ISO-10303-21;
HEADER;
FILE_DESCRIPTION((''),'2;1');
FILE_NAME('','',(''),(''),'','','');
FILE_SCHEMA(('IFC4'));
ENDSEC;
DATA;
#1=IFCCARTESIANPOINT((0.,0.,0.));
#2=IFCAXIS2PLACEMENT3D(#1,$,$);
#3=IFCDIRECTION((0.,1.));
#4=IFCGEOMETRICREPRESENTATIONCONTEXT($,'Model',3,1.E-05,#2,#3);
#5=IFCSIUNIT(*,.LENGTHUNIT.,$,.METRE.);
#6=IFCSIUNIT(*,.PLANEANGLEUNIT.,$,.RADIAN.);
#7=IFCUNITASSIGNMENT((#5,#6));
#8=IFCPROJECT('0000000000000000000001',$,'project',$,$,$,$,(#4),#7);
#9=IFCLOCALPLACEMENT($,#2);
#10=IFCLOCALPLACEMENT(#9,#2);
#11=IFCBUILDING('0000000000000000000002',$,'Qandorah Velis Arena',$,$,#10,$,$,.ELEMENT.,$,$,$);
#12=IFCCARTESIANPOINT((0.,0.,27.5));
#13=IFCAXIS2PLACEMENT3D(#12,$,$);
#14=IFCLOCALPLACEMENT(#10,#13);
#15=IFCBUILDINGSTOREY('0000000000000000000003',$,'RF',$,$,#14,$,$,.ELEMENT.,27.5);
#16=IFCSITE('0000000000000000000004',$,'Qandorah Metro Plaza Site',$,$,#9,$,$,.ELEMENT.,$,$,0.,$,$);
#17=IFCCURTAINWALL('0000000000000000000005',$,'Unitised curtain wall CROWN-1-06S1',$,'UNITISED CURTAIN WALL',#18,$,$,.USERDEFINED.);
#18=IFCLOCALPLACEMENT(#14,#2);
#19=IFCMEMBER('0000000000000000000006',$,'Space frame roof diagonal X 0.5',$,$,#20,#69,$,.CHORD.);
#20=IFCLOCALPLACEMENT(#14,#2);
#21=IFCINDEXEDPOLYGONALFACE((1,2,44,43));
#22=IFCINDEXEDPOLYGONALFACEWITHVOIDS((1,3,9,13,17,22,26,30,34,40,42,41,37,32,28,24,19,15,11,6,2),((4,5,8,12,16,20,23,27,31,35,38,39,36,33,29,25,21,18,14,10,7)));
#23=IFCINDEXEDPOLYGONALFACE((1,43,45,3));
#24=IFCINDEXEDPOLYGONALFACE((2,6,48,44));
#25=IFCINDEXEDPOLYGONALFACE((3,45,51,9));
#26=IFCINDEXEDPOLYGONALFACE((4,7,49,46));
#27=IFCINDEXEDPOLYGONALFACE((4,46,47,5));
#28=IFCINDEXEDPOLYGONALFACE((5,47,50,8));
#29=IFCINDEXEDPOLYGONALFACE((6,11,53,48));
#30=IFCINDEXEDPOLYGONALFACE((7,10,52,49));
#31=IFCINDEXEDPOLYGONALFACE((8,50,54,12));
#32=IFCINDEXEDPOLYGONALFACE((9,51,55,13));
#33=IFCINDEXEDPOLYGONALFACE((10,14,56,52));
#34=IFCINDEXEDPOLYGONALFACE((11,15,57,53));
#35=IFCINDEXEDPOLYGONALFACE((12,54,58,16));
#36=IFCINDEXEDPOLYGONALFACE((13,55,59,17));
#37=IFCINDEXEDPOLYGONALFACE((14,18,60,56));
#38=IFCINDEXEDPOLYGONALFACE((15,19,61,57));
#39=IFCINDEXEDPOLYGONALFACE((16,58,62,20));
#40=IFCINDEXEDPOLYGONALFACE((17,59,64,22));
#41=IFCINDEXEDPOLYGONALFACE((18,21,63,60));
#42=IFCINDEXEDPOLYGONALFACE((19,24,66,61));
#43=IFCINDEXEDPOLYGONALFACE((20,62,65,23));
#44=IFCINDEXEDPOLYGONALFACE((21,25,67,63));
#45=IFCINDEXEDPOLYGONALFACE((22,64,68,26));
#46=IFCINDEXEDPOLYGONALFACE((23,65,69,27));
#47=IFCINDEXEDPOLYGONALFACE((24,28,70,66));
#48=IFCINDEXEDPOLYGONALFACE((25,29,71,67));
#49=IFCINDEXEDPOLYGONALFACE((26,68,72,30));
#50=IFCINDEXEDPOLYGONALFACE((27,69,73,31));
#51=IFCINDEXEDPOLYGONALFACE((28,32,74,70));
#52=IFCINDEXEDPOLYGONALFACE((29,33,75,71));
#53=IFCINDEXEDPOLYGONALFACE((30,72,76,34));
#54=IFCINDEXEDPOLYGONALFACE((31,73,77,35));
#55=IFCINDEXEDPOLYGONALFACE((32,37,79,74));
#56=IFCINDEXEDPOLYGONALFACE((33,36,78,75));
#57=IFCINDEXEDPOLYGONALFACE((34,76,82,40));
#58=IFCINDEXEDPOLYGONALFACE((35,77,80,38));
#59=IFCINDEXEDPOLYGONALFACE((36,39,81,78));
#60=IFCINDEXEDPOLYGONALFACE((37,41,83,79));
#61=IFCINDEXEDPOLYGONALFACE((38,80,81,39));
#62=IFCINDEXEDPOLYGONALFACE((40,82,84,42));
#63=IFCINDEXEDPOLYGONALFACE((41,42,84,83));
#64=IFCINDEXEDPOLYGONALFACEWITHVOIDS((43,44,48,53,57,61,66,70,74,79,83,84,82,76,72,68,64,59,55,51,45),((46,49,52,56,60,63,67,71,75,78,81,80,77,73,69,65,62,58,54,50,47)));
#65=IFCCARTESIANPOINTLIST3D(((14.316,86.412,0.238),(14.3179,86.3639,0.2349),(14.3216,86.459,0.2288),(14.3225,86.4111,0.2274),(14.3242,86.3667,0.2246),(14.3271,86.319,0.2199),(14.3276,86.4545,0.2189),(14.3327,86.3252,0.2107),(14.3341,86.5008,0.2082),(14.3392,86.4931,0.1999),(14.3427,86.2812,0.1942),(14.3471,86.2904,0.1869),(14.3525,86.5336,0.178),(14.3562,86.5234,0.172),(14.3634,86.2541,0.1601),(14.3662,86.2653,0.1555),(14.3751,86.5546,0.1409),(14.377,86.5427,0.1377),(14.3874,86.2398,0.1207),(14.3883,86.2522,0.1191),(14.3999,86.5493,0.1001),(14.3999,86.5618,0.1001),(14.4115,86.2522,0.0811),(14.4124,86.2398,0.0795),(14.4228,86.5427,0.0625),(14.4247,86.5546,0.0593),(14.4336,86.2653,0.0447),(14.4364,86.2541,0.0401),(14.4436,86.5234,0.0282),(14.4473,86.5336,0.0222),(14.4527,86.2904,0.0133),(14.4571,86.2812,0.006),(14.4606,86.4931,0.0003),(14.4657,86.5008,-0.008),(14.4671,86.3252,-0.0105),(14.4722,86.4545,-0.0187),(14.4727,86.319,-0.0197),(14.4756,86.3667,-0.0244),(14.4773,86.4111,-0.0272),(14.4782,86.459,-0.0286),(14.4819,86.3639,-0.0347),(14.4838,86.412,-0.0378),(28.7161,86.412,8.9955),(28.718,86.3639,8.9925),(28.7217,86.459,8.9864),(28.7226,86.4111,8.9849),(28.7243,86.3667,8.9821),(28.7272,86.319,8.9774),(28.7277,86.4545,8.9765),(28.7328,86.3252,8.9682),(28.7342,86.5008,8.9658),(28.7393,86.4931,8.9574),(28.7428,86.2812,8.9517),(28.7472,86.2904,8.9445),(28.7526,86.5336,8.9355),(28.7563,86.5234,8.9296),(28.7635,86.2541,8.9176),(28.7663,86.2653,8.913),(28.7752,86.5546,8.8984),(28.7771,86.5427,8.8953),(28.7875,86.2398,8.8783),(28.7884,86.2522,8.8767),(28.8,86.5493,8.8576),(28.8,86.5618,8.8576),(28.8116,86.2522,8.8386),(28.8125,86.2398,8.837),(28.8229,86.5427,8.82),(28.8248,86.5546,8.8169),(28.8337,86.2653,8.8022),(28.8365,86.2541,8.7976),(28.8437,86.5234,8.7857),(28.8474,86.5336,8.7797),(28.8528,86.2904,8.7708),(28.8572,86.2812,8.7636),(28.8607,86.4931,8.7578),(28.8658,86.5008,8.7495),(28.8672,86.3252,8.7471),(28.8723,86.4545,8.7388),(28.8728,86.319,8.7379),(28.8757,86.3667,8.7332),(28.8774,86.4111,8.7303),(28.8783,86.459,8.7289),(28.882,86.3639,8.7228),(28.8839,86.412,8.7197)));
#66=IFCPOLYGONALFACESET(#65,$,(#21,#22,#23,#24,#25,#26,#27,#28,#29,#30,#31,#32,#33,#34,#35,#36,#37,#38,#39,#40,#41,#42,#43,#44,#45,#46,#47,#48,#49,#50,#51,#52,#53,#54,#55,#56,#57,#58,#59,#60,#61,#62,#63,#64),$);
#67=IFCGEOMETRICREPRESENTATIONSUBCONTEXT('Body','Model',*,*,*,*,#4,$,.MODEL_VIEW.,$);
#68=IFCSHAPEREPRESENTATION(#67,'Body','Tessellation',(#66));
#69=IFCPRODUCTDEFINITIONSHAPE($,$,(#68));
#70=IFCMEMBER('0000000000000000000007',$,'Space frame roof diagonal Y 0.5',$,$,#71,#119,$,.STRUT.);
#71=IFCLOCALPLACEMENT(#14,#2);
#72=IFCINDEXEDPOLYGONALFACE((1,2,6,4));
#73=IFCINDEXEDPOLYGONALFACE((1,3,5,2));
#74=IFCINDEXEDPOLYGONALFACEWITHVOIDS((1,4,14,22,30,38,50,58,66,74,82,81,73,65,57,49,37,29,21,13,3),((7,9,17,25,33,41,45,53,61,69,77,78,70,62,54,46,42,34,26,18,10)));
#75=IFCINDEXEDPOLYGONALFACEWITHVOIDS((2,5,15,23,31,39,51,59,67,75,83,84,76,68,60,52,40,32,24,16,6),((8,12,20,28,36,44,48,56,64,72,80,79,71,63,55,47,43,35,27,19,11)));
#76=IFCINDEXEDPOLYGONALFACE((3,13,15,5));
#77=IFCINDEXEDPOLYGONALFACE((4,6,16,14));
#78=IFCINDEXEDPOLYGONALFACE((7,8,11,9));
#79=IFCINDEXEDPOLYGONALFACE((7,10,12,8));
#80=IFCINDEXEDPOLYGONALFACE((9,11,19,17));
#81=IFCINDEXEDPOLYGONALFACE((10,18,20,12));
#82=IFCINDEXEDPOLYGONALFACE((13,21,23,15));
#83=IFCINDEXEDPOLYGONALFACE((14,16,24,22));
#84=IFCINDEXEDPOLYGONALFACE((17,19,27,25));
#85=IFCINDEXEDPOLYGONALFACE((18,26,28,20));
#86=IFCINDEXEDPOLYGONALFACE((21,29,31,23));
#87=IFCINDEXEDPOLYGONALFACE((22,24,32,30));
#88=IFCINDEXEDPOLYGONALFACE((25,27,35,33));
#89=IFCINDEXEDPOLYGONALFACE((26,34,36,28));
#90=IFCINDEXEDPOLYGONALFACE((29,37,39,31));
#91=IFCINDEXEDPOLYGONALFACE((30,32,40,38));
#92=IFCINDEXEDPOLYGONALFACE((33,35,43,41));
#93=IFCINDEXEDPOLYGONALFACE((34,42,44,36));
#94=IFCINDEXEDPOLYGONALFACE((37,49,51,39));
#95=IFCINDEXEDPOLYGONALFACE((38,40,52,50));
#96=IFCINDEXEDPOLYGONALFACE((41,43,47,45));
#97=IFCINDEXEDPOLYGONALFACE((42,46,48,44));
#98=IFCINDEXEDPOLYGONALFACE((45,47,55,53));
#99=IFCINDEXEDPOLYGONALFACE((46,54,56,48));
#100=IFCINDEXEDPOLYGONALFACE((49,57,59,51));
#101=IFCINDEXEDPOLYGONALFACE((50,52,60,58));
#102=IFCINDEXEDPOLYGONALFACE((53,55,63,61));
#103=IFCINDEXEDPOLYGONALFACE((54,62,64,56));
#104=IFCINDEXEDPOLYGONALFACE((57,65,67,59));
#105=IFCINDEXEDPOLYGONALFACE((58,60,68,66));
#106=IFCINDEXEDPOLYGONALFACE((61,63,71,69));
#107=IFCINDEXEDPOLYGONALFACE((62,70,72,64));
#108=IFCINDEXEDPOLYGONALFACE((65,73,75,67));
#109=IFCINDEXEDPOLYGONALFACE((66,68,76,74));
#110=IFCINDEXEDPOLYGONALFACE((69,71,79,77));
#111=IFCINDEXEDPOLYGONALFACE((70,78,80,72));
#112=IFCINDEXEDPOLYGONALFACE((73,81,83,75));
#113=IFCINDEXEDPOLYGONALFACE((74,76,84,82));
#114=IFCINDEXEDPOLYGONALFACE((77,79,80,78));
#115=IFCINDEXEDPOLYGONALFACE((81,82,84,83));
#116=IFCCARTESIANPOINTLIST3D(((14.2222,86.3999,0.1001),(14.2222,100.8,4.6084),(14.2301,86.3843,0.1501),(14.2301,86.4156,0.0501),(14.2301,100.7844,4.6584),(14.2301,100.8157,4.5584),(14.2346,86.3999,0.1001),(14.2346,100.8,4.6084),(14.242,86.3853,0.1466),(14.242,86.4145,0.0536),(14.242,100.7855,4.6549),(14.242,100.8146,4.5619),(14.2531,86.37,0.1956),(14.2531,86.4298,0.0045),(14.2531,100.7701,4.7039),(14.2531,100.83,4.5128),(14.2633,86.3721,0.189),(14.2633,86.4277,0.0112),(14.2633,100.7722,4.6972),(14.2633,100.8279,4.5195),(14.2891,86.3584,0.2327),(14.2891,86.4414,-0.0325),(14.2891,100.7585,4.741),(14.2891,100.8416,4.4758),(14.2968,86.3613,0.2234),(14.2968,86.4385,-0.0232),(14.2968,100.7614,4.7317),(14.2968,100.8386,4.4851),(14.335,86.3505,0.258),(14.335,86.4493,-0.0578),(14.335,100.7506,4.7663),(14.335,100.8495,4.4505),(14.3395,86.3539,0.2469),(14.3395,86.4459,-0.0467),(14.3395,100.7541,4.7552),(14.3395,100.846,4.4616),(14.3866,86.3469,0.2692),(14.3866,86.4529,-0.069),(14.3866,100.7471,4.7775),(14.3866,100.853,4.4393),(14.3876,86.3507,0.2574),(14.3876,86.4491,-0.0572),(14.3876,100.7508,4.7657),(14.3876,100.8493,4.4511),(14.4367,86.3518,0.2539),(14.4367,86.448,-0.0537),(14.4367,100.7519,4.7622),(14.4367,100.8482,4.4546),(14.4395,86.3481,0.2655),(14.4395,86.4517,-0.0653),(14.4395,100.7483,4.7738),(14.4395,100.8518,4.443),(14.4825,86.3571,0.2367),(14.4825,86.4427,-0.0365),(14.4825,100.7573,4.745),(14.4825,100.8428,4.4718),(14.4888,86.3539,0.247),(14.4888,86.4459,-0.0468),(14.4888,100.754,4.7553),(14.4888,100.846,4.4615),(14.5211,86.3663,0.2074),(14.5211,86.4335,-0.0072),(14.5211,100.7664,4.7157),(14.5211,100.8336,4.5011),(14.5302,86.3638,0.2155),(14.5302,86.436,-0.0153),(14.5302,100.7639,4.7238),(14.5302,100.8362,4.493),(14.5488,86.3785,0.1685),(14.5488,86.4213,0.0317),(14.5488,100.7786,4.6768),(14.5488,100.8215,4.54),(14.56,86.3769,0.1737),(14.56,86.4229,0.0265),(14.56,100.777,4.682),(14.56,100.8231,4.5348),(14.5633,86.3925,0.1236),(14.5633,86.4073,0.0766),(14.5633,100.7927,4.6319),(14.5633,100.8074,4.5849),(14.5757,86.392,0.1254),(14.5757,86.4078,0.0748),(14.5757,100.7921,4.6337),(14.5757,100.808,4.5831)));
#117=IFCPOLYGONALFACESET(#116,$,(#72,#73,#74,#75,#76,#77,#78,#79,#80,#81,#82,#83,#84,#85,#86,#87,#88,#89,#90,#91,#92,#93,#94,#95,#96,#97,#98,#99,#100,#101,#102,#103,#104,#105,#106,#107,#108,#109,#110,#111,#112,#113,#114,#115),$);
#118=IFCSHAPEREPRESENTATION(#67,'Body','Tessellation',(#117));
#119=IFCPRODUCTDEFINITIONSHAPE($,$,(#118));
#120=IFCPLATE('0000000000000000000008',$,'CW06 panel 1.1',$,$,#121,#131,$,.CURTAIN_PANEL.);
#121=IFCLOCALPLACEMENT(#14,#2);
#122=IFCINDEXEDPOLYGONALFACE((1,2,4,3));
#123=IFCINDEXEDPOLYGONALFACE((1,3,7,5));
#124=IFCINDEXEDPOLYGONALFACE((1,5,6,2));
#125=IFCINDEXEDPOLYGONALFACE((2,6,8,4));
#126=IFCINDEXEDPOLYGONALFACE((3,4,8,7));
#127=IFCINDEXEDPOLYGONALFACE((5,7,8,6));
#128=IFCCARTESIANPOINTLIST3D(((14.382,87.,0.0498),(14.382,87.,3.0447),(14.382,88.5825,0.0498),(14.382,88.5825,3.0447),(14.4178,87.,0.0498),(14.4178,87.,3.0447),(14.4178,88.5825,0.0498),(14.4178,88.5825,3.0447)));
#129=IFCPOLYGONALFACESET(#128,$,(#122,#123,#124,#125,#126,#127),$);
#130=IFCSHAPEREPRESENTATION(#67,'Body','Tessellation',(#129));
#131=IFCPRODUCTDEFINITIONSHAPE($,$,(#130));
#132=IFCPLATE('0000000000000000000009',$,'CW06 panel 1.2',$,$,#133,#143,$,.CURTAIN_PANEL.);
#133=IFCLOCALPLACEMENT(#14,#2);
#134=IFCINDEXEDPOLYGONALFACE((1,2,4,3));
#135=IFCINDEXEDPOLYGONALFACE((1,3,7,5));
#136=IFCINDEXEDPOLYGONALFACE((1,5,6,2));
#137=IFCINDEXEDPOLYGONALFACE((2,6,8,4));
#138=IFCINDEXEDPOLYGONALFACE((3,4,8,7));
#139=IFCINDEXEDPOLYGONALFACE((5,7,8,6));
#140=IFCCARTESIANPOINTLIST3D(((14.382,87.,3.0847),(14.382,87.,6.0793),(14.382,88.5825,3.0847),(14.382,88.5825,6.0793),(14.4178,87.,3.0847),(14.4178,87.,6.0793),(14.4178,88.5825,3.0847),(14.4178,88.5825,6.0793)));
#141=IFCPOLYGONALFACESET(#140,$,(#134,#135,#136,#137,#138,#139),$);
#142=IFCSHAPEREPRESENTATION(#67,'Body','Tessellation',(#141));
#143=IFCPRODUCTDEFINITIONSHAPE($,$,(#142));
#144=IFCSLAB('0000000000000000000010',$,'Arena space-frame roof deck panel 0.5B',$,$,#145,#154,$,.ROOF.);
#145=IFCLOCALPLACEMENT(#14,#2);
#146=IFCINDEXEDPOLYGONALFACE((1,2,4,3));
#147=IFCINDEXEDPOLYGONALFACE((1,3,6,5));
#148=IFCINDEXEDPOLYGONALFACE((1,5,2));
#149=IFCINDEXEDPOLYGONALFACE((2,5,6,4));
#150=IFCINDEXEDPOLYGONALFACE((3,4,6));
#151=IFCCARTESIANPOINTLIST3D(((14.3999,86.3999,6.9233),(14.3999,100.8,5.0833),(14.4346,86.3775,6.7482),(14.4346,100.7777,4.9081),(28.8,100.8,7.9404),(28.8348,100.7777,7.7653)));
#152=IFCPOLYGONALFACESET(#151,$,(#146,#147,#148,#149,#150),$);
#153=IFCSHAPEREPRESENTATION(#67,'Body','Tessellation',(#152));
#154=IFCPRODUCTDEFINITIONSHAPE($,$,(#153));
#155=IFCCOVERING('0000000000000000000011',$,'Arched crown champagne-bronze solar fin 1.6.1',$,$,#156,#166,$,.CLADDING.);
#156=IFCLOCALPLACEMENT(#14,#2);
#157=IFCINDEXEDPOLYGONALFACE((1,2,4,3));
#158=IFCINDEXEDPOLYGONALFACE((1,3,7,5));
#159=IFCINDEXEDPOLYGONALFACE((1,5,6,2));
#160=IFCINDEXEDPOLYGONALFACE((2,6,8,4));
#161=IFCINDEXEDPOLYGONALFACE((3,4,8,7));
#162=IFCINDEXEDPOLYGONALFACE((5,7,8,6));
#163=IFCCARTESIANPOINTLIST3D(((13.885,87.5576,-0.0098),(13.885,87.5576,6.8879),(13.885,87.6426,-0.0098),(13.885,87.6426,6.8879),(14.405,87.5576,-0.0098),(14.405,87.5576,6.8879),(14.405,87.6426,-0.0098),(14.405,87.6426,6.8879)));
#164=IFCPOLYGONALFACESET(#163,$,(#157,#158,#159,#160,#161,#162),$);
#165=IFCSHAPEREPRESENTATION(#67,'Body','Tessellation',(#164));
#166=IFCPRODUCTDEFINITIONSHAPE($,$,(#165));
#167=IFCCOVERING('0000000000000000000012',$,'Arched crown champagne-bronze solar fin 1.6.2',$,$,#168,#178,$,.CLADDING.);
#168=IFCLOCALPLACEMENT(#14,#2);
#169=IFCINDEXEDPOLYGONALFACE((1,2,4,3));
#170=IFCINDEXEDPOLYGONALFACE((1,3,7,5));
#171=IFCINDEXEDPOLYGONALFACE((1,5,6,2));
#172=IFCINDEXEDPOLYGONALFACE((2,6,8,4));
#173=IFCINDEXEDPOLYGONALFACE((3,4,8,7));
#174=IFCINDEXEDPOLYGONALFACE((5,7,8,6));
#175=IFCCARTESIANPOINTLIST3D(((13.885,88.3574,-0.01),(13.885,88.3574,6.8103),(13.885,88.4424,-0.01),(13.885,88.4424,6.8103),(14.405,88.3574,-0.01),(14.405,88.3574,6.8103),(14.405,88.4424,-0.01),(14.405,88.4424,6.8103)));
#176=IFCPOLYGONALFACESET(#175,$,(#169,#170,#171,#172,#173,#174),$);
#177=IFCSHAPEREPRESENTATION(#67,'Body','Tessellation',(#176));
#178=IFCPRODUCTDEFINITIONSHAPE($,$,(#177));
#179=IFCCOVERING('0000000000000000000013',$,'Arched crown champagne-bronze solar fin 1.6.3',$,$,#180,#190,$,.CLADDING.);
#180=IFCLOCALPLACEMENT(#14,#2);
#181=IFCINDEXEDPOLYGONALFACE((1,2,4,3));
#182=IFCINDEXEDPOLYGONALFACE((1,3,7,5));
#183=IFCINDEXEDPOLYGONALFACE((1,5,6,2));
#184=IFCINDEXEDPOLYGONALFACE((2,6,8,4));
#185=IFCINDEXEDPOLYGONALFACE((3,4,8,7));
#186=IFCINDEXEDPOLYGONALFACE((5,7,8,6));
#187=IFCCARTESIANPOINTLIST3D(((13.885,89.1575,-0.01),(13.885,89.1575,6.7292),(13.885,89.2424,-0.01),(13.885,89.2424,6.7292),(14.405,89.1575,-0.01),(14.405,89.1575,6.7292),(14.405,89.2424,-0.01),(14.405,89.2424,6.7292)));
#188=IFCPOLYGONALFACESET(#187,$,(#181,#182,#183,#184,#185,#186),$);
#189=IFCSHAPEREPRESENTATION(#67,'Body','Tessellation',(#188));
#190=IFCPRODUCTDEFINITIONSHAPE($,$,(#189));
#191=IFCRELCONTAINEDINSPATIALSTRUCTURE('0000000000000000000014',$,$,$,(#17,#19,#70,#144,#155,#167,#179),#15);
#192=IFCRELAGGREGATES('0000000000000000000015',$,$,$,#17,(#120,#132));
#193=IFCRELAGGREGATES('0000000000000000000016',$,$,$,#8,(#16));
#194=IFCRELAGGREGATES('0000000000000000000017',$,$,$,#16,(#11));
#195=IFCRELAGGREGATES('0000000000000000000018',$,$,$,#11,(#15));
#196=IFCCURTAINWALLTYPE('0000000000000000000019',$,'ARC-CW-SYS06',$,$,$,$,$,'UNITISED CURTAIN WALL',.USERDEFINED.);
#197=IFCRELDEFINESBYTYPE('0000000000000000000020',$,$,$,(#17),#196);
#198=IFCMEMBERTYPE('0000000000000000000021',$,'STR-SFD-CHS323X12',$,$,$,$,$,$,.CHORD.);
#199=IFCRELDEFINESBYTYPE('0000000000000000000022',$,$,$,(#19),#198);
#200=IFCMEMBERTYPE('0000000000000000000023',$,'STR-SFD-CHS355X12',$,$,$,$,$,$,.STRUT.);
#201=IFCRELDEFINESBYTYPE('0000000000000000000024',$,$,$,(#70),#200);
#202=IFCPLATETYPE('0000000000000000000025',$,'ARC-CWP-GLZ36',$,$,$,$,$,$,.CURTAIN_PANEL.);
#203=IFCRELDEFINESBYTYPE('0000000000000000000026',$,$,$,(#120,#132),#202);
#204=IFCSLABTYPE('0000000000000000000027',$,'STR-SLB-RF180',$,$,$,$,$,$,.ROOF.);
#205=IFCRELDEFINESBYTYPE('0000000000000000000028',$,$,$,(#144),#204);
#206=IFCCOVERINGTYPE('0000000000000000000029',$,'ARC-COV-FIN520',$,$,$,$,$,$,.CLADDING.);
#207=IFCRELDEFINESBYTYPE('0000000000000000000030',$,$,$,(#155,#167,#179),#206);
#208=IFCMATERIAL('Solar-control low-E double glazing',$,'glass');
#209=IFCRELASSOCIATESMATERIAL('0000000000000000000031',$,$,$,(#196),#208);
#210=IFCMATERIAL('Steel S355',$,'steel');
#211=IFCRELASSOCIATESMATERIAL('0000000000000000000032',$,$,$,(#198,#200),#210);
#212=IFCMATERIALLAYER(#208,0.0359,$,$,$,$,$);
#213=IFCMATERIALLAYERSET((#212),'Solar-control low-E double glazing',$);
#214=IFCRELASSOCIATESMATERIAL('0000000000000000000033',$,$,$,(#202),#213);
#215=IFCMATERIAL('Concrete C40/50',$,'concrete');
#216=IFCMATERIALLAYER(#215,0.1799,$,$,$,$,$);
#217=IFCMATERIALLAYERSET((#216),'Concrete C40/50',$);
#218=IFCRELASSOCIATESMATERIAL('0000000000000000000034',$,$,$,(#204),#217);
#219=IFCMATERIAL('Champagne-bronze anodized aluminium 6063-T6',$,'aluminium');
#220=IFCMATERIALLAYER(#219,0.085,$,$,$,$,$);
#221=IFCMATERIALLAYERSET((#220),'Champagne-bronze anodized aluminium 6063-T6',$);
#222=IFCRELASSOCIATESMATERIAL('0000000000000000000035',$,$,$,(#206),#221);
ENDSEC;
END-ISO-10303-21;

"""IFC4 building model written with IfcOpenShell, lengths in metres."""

from ifc_helpers import new_model, si_unit, direction, frame, origin, origin_2d, place, context, subcontext, project, spatial, polyline, rectangle, hollow_circle, outline, extrude, material, layer, layer_set, material_profile, profile_set, type_object, element, aggregate, save


model = new_model("IFC4")

# Units and contexts
model_context = context("Model", 3, precision=1e-05, world=origin(), true_north=direction((0.0, 1.0)))
body_context = subcontext(model_context, "Body", "Model", "MODEL_VIEW")
ifc_project = project(units=[si_unit("LENGTHUNIT", "METRE"), si_unit("PLANEANGLEUNIT", "RADIAN")], contexts=[model_context])

# Site, building, storey
site_placement = place(None, origin())
site = spatial("IfcSite", under=ifc_project, at=site_placement, Name="Qandorah Metro Plaza Site", CompositionType="ELEMENT", RefElevation=0.0)
building_placement = place(site_placement, origin())
building = spatial("IfcBuilding", under=site, at=building_placement, Name="Qandorah Velis Arena", CompositionType="ELEMENT")
storey_placement = place(building_placement, frame((0.0, 0.0, 27.5)))
storey = spatial("IfcBuildingStorey", under=building, at=storey_placement, Name="RF", CompositionType="ELEMENT", Elevation=27.5)

# Curtain wall
ifc_material_1 = material(Name="Solar-control low-E double glazing", Category="glass")
curtain_wall_type = type_object("IfcCurtainWallType", Name="ARC-CW-SYS06", ElementType="UNITISED CURTAIN WALL", PredefinedType="USERDEFINED", material=ifc_material_1)
curtain_wall_placement = place(storey_placement, origin())
curtain_wall = element("IfcCurtainWall", 1, at=curtain_wall_placement, inside=storey, type_object=curtain_wall_type, Name="Unitised curtain wall CROWN-1-06S1", ObjectType="UNITISED CURTAIN WALL", PredefinedType="USERDEFINED")
ifc_material_2 = material(Name="Champagne-bronze anodized aluminium 6063-T6", Category="aluminium")

# Shared definitions
ifc_material_3 = material(Name="Steel S355", Category="steel")

# Members
ifc_material_profile_1 = material_profile(ifc_material_3, hollow_circle(Radius=0.1619, WallThickness=0.0125, at=origin_2d()), Name="CHS 323.9x12.5")
ifc_profile_set_1 = profile_set([ifc_material_profile_1], Name="Steel S355")
member_type_1 = type_object("IfcMemberType", Name="STR-SFD-CHS323X12", PredefinedType="CHORD", material=ifc_profile_set_1)
member_1_placement = place(storey_placement, frame((14.3999, 86.3999, 0.1001), z_axis=(0.854402, 0.0, 0.519612), x_axis=(0.0, 1.0, 0.0)))
element("IfcMember", 2, at=member_1_placement, inside=storey, type_object=member_type_1, Name="Space frame roof diagonal X 0.5", PredefinedType="CHORD", context=body_context, shape_type="SweptSolid", body=[
    extrude(hollow_circle(Radius=0.1619, WallThickness=0.0125, at=origin_2d()), origin(), (0.0, 0.0, 1.0), 16.854),
])
ifc_material_profile_2 = material_profile(ifc_material_3, hollow_circle(Radius=0.1777, WallThickness=0.0125, at=origin_2d()), Name="CHS 355.6x12.5")
ifc_profile_set_2 = profile_set([ifc_material_profile_2], Name="Steel S355")
member_type_2 = type_object("IfcMemberType", Name="STR-SFD-CHS355X12", PredefinedType="STRUT", material=ifc_profile_set_2)
member_2_placement = place(storey_placement, frame((14.3999, 86.3999, 0.1001), z_axis=(0.0, 0.954324, 0.298773), x_axis=(-1.0, 0.0, 0.0)))
element("IfcMember", 3, at=member_2_placement, inside=storey, type_object=member_type_2, Name="Space frame roof diagonal Y 0.5", PredefinedType="STRUT", context=body_context, shape_type="SweptSolid", body=[
    extrude(hollow_circle(Radius=0.1777, WallThickness=0.0125, at=origin_2d()), origin(), (0.0, 0.0, 1.0), 15.0894),
])

# Plates
ifc_layer_1 = layer(ifc_material_1, 0.0359)
ifc_layer_set_1 = layer_set([ifc_layer_1], Name="Solar-control low-E double glazing")
plate_type = type_object("IfcPlateType", Name="ARC-CWP-GLZ36", PredefinedType="CURTAIN_PANEL", material=ifc_layer_set_1)
plate_1_placement = place(storey_placement, frame((14.3999, 87.7913, 0.0498), z_axis=(0.0, 0.0, 1.0), x_axis=(0.0, 1.0, 0.0)))
plate_1 = element("IfcPlate", 4, at=plate_1_placement, type_object=plate_type, Name="CW06 panel 1.1", PredefinedType="CURTAIN_PANEL", context=body_context, shape_type="SweptSolid", body=[
    extrude(rectangle(XDim=1.5825, YDim=0.0359, at=origin_2d()), origin(), (0.0, 0.0, 1.0), 2.9949),
])
plate_2_placement = place(storey_placement, frame((14.3999, 87.7913, 3.0847), z_axis=(0.0, 0.0, 1.0), x_axis=(0.0, 1.0, 0.0)))
plate_2 = element("IfcPlate", 5, at=plate_2_placement, type_object=plate_type, Name="CW06 panel 1.2", PredefinedType="CURTAIN_PANEL", context=body_context, shape_type="SweptSolid", body=[
    extrude(rectangle(XDim=1.5825, YDim=0.0359, at=origin_2d()), origin(), (0.0, 0.0, 1.0), 2.9946),
])
aggregate(curtain_wall, [plate_1, plate_2])

# Slab
ifc_material_4 = material(Name="Concrete C40/50", Category="concrete")
ifc_layer_2 = layer(ifc_material_4, 0.1799)
ifc_layer_set_2 = layer_set([ifc_layer_2], Name="Concrete C40/50")
slab_type = type_object("IfcSlabType", Name="STR-SLB-RF180", PredefinedType="ROOF", material=ifc_layer_set_2)
slab_placement = place(storey_placement, frame((14.3999, 86.3999, 6.9233), z_axis=(-0.193108, 0.124366, 0.973264), x_axis=(0.706227, 0.706227, 0.049881)))
element("IfcSlab", 6, at=slab_placement, inside=storey, type_object=slab_type, Name="Arena space-frame roof deck panel 0.5B", PredefinedType="ROOF", context=body_context, shape_type="SweptSolid", body=[
    extrude(outline(polyline([(0.0, 0.0), (20.3903, 0.0), (10.078, 10.4491), (0.0, 0.0)])), origin(), (0.0, 0.0, -1.0), 0.1799),
])

# Coverings
ifc_layer_3 = layer(ifc_material_2, 0.085)
ifc_layer_set_3 = layer_set([ifc_layer_3], Name="Champagne-bronze anodized aluminium 6063-T6")
covering_type_1 = type_object("IfcCoveringType", Name="ARC-COV-FIN520", PredefinedType="CLADDING", material=ifc_layer_set_3)
covering_1_placement = place(storey_placement, frame((14.145, 87.6001, -0.0098), z_axis=(0.0, 0.0, 1.0), x_axis=(1.0, 0.0, 0.0)))
element("IfcCovering", 7, at=covering_1_placement, inside=storey, type_object=covering_type_1, Name="Arched crown champagne-bronze solar fin 1.6.1", PredefinedType="CLADDING", context=body_context, shape_type="SweptSolid", body=[
    extrude(rectangle(XDim=0.52, YDim=0.085, at=origin_2d()), origin(), (0.0, 0.0, 1.0), 6.8977),
])
covering_2_placement = place(storey_placement, frame((14.145, 88.3999, -0.01), z_axis=(0.0, 0.0, 1.0), x_axis=(1.0, 0.0, 0.0)))
element("IfcCovering", 8, at=covering_2_placement, inside=storey, type_object=covering_type_1, Name="Arched crown champagne-bronze solar fin 1.6.2", PredefinedType="CLADDING", context=body_context, shape_type="SweptSolid", body=[
    extrude(rectangle(XDim=0.52, YDim=0.085, at=origin_2d()), origin(), (0.0, 0.0, 1.0), 6.8203),
])
covering_3_placement = place(storey_placement, frame((14.145, 89.2, -0.01), z_axis=(0.0, 0.0, 1.0), x_axis=(1.0, 0.0, 0.0)))
element("IfcCovering", 9, at=covering_3_placement, inside=storey, type_object=covering_type_1, Name="Arched crown champagne-bronze solar fin 1.6.3", PredefinedType="CLADDING", context=body_context, shape_type="SweptSolid", body=[
    extrude(rectangle(XDim=0.52, YDim=0.085, at=origin_2d()), origin(), (0.0, 0.0, 1.0), 6.7393),
])

save(model, "model.ifc")
